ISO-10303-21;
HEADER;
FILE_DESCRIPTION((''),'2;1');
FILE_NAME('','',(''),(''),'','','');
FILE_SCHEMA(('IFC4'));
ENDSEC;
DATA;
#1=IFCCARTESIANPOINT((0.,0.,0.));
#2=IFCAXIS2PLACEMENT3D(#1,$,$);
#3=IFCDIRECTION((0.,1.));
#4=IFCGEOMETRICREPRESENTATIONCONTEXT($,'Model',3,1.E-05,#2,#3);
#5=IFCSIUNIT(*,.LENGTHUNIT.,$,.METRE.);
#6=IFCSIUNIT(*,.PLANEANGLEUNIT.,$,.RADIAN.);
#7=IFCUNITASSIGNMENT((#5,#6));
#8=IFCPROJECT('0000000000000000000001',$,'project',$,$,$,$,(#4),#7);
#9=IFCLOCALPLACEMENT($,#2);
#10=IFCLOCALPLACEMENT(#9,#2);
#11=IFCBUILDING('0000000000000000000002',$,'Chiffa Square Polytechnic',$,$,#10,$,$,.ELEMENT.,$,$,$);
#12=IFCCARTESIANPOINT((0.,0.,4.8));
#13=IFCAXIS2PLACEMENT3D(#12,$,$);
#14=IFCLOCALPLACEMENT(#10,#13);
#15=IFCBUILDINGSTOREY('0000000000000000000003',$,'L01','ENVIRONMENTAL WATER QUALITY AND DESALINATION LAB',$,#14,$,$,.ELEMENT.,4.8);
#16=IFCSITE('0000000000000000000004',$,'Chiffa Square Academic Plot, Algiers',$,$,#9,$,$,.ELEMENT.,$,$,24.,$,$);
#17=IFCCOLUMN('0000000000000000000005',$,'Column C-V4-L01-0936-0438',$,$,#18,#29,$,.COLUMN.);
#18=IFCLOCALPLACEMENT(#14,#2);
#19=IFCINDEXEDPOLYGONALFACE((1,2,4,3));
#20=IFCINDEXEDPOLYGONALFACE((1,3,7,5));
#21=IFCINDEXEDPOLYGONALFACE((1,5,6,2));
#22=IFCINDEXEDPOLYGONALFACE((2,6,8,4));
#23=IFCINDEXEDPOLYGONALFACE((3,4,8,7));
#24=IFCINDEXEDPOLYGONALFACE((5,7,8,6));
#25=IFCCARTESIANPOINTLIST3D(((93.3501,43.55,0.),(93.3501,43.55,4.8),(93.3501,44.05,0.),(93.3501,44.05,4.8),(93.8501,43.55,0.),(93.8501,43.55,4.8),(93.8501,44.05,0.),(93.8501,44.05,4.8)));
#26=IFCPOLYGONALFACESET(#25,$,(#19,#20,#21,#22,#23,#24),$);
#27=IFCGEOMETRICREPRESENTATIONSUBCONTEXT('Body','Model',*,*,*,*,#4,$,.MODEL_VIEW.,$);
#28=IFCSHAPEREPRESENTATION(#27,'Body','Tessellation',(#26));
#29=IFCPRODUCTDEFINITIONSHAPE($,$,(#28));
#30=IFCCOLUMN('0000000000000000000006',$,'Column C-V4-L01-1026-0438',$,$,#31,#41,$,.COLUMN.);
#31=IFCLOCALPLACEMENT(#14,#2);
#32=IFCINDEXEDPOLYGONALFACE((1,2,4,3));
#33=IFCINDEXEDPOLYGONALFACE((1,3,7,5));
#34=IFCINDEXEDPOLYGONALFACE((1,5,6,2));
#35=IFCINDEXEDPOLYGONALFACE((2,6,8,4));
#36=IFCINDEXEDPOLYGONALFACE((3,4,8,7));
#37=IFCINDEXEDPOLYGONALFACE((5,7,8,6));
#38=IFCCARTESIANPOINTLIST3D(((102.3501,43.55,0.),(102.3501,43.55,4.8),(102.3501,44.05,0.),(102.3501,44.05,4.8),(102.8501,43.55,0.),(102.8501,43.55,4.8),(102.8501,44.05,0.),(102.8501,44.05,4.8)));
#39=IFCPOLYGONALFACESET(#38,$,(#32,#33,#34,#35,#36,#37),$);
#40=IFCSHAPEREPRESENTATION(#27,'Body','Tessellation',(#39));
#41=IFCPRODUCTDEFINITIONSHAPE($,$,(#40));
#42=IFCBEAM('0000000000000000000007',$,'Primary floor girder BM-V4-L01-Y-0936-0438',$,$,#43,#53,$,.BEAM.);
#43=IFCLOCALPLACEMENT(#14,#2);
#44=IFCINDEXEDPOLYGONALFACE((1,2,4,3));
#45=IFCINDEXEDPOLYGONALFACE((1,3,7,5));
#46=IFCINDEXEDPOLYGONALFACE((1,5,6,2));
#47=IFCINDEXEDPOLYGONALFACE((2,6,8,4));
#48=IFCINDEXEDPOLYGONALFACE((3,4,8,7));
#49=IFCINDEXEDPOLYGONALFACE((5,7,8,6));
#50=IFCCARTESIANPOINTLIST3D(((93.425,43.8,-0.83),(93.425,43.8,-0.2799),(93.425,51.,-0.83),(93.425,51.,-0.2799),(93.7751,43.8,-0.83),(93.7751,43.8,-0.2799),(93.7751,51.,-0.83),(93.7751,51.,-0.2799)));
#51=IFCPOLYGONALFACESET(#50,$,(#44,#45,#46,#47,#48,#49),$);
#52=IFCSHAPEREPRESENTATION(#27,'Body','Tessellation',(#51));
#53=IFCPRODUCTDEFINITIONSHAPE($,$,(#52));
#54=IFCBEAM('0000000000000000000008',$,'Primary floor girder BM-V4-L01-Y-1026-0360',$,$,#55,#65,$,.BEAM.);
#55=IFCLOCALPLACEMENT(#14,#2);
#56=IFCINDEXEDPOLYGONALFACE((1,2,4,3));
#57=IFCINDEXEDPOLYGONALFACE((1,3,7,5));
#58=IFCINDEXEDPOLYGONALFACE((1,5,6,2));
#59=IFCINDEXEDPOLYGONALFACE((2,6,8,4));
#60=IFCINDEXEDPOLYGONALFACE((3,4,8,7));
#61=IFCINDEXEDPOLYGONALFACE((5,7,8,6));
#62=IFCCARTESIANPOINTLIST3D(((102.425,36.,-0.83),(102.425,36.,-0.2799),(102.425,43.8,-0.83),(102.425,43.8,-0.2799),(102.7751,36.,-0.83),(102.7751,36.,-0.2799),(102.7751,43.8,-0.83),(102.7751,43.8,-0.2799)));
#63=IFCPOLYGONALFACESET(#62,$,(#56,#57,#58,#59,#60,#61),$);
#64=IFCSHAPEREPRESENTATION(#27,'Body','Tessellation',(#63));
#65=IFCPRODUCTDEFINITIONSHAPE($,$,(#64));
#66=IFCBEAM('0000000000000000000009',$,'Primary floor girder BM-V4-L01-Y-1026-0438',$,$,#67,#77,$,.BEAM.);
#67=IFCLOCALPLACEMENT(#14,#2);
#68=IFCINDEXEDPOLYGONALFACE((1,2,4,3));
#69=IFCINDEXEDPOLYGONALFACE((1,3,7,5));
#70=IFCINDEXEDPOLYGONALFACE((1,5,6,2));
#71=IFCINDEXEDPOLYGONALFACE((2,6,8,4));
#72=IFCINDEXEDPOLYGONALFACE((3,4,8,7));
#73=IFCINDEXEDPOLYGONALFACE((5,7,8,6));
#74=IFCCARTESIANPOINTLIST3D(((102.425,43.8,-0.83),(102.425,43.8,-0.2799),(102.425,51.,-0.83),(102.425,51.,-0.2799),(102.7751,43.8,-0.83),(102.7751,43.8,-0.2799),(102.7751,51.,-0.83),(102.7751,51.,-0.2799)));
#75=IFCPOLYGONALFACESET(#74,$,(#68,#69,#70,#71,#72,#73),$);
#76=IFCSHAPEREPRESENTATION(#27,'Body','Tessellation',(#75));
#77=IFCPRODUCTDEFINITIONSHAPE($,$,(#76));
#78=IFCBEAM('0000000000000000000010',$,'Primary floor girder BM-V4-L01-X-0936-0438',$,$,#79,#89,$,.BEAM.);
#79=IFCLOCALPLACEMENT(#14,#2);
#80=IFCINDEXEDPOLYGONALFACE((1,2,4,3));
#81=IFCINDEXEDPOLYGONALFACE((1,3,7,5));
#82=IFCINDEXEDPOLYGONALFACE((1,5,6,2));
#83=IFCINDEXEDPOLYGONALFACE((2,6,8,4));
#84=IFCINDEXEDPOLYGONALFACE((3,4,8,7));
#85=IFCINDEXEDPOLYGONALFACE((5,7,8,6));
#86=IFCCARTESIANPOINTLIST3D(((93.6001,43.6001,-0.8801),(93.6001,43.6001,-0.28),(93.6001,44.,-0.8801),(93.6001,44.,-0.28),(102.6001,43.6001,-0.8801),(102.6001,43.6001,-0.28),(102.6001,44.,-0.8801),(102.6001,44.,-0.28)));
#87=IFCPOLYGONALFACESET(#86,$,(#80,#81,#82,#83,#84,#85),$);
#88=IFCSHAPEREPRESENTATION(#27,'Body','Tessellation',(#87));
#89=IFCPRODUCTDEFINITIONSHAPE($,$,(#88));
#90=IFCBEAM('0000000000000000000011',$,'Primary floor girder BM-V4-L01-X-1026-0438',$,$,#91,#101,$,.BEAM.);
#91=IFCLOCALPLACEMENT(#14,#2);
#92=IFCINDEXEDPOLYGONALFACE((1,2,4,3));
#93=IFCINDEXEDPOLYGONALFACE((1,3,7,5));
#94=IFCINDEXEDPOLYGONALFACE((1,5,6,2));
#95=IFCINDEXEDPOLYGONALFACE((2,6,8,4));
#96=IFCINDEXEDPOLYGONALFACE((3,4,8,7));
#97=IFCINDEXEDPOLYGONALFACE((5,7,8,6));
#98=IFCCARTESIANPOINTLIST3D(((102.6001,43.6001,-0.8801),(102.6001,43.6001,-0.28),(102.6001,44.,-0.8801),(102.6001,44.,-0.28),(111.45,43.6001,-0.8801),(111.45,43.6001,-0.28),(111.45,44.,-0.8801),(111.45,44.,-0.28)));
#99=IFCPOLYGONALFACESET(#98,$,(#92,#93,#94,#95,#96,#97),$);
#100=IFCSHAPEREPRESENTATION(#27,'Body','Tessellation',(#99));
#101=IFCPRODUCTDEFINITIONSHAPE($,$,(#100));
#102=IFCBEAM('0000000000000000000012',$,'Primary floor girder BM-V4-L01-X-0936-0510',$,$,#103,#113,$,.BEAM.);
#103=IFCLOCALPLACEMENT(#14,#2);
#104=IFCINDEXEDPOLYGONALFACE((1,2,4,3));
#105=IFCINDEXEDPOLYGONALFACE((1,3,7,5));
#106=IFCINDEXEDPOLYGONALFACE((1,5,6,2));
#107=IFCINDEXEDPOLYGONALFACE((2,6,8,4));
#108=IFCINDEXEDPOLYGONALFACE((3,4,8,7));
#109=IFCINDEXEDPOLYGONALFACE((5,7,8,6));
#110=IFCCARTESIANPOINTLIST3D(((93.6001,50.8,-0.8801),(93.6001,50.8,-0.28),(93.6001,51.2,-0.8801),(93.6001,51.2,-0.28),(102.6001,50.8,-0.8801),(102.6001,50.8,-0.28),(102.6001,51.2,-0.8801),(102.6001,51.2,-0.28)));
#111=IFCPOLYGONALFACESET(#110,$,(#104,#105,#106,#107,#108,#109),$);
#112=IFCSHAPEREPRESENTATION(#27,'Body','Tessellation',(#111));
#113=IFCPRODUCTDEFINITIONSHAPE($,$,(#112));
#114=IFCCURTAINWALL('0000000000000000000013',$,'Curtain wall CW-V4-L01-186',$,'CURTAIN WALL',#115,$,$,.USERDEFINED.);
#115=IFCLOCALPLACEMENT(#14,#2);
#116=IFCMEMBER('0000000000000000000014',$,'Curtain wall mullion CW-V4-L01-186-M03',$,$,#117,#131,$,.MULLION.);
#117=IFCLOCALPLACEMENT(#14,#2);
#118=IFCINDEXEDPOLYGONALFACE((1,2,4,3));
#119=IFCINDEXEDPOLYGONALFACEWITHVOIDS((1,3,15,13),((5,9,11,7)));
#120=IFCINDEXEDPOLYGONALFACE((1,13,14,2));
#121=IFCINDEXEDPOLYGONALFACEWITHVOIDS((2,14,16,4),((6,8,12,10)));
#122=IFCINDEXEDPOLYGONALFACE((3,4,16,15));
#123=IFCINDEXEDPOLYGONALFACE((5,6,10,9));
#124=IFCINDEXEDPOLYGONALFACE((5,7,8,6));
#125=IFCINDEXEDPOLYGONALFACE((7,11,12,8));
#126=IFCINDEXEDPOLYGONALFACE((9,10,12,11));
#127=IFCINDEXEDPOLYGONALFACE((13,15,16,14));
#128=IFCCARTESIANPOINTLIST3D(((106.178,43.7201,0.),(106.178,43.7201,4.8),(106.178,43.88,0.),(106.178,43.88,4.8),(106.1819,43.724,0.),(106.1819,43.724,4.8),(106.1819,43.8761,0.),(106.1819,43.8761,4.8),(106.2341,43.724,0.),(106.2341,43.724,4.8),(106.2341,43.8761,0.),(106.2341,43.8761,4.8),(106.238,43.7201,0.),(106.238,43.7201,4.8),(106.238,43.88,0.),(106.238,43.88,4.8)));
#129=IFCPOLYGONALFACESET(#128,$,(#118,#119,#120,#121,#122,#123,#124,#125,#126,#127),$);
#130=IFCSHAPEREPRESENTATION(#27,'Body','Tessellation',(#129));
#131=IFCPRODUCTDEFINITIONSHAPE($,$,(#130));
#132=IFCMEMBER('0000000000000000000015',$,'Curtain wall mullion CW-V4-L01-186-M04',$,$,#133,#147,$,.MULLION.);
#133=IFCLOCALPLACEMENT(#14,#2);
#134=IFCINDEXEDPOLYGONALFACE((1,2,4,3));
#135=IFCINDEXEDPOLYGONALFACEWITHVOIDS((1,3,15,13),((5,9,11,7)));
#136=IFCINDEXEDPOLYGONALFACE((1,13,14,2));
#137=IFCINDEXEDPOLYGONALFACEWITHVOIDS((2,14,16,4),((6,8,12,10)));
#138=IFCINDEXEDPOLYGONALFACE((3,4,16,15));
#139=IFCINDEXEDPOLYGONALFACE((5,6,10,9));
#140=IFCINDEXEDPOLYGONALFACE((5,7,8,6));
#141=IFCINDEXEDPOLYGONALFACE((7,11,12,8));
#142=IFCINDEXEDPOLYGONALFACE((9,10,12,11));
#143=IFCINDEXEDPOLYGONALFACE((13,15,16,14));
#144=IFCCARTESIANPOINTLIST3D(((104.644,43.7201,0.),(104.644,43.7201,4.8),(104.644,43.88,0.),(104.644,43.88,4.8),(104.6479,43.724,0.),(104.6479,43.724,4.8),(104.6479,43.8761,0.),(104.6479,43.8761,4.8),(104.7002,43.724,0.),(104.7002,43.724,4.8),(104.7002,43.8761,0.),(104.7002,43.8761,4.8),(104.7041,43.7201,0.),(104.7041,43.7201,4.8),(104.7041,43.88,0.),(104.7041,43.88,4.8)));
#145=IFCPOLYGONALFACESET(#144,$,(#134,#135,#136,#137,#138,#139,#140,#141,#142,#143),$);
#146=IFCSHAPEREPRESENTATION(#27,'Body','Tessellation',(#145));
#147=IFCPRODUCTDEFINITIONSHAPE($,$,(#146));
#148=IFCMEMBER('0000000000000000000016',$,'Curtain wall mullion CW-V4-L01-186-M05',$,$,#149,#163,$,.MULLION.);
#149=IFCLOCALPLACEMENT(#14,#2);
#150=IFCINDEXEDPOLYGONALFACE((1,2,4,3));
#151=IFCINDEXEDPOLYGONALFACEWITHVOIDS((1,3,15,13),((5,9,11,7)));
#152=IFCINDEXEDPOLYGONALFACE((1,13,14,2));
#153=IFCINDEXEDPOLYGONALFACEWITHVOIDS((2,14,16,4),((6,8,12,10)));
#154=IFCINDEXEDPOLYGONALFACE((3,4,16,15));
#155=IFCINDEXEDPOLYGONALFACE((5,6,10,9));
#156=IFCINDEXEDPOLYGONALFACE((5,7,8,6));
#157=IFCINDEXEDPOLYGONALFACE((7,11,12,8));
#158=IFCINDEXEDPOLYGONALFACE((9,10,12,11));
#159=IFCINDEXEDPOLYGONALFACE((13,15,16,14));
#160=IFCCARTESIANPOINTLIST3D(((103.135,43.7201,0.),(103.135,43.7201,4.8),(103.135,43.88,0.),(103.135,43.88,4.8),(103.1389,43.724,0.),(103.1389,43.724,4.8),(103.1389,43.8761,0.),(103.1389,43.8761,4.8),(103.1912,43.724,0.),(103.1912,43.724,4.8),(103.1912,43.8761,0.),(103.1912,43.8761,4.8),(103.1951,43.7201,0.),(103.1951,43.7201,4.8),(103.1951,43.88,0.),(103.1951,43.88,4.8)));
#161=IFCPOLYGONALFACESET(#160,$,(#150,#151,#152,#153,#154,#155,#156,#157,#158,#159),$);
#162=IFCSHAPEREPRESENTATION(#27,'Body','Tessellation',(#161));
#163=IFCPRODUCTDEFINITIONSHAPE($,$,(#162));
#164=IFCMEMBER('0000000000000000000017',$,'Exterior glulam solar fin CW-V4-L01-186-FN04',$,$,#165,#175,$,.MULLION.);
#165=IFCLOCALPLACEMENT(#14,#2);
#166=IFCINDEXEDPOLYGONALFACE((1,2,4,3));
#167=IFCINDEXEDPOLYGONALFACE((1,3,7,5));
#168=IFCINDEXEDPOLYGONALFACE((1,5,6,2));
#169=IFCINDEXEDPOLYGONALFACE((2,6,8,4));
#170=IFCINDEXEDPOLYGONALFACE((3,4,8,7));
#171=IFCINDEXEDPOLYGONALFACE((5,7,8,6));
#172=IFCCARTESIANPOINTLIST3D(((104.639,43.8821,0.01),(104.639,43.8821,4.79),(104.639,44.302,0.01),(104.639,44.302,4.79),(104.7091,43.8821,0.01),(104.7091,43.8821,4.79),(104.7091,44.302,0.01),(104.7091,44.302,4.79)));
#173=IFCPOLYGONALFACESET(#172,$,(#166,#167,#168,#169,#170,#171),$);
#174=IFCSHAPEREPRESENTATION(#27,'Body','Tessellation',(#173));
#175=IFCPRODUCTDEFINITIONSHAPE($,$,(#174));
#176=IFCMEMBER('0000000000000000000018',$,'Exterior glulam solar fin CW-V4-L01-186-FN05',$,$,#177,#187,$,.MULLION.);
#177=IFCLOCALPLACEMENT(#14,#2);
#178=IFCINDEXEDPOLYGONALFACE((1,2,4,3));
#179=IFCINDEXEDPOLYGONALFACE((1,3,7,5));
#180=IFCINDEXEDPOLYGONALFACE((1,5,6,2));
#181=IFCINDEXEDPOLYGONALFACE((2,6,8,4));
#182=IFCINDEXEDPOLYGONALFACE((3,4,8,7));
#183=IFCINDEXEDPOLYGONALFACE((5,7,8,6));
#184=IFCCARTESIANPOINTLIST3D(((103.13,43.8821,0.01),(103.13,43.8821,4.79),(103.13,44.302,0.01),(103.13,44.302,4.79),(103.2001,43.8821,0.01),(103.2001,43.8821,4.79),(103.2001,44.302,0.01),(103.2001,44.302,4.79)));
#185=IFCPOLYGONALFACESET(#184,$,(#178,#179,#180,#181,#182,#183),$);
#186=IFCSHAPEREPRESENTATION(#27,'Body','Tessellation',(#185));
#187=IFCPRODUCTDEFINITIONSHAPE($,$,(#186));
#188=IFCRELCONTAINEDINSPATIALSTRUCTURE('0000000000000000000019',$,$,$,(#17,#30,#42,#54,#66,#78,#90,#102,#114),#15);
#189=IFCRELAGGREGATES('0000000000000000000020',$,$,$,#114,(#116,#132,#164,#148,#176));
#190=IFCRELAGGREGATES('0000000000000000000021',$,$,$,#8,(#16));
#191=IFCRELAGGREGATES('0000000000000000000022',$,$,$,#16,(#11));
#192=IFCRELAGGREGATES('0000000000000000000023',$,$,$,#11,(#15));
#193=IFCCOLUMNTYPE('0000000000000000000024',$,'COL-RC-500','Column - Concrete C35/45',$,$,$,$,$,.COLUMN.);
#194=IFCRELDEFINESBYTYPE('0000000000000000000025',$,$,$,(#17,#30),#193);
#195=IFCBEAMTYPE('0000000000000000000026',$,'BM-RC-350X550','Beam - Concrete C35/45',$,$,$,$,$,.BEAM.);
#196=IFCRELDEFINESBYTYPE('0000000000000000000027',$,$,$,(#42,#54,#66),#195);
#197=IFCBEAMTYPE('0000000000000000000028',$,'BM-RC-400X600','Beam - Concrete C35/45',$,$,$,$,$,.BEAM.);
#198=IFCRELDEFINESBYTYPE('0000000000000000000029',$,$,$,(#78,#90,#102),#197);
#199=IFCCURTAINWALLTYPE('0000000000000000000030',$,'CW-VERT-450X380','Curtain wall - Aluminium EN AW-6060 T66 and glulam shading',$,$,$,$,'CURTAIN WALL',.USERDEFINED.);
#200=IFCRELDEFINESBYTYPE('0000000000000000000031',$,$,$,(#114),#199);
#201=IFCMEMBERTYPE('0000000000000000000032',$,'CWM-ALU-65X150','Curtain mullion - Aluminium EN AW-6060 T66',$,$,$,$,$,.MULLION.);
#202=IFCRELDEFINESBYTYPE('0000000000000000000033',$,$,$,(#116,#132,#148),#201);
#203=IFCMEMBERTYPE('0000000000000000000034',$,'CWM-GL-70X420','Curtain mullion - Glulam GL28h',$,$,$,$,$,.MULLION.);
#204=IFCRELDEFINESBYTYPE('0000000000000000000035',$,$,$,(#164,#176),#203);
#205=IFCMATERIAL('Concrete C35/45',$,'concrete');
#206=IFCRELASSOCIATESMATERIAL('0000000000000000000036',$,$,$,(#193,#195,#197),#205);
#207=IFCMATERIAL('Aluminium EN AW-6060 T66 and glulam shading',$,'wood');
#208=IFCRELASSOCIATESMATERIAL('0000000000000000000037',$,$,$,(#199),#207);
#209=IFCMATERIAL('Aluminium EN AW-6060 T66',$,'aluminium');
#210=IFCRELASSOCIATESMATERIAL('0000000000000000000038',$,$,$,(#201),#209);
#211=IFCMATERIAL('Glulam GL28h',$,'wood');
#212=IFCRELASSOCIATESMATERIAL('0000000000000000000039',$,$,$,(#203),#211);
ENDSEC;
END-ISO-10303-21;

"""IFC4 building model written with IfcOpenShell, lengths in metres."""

from ifc_helpers import new_model, si_unit, direction, frame, origin, origin_2d, place, context, subcontext, project, spatial, rectangle, hollow_rectangle, extrude, material, material_profile, profile_set, type_object, element, aggregate, save


model = new_model("IFC4")

# Units and contexts
model_context = context("Model", 3, precision=1e-05, world=origin(), true_north=direction((0.0, 1.0)))
body_context = subcontext(model_context, "Body", "Model", "MODEL_VIEW")
ifc_project = project(units=[si_unit("LENGTHUNIT", "METRE"), si_unit("PLANEANGLEUNIT", "RADIAN")], contexts=[model_context])

# Site, building, storey
site_placement = place(None, origin())
site = spatial("IfcSite", under=ifc_project, at=site_placement, Name="Chiffa Square Academic Plot, Algiers", CompositionType="ELEMENT", RefElevation=24.0)
building_placement = place(site_placement, origin())
building = spatial("IfcBuilding", under=site, at=building_placement, Name="Chiffa Square Polytechnic", CompositionType="ELEMENT")
storey_placement = place(building_placement, frame((0.0, 0.0, 4.8)))
storey = spatial("IfcBuildingStorey", under=building, at=storey_placement, Name="L01", Description="ENVIRONMENTAL WATER QUALITY AND DESALINATION LAB", CompositionType="ELEMENT", Elevation=4.8)

# Columns
ifc_material_1 = material(Name="Concrete C35/45", Category="concrete")
ifc_material_profile_1 = material_profile(ifc_material_1, rectangle(XDim=0.5, YDim=0.5, at=origin_2d()), Name="RC 500x500")
ifc_profile_set_1 = profile_set([ifc_material_profile_1], Name="Concrete C35/45")
column_type = type_object("IfcColumnType", Name="COL-RC-500", Description="Column - Concrete C35/45", PredefinedType="COLUMN", material=ifc_profile_set_1)
for number, where, z_axis, x_axis, name in (
    (1, (93.6001, 43.8, 0.0), (0.0, 0.0, 1.0), (1.0, 0.0, 0.0), "Column C-V4-L01-0936-0438"),
    (2, (102.6001, 43.8, 0.0), (0.0, 0.0, 1.0), (1.0, 0.0, 0.0), "Column C-V4-L01-1026-0438"),
):
    element("IfcColumn", number, at=place(storey_placement, frame(where, z_axis=z_axis, x_axis=x_axis)), inside=storey, type_object=column_type, Name=name, PredefinedType="COLUMN", context=body_context, shape_type="SweptSolid", body=[
        extrude(rectangle(XDim=0.5, YDim=0.5, at=origin_2d()), origin(), (0.0, 0.0, 1.0), 4.8),
    ])

# Beams
ifc_material_profile_2 = material_profile(ifc_material_1, rectangle(XDim=0.3501, YDim=0.55, at=origin_2d()), Name="RC 350x550")
ifc_profile_set_2 = profile_set([ifc_material_profile_2], Name="Concrete C35/45")
beam_type_1 = type_object("IfcBeamType", Name="BM-RC-350X550", Description="Beam - Concrete C35/45", PredefinedType="BEAM", material=ifc_profile_set_2)
beam_1_placement = place(storey_placement, frame((93.6001, 43.8, -0.5549), z_axis=(0.0, 1.0, 0.0), x_axis=(-1.0, 0.0, 0.0)))
element("IfcBeam", 3, at=beam_1_placement, inside=storey, type_object=beam_type_1, Name="Primary floor girder BM-V4-L01-Y-0936-0438", PredefinedType="BEAM", context=body_context, shape_type="SweptSolid", body=[
    extrude(rectangle(XDim=0.3501, YDim=0.55, at=origin_2d()), origin(), (0.0, 0.0, 1.0), 7.2),
])
beam_2_placement = place(storey_placement, frame((102.6001, 36.0, -0.5549), z_axis=(0.0, 1.0, 0.0), x_axis=(-1.0, 0.0, 0.0)))
element("IfcBeam", 4, at=beam_2_placement, inside=storey, type_object=beam_type_1, Name="Primary floor girder BM-V4-L01-Y-1026-0360", PredefinedType="BEAM", context=body_context, shape_type="SweptSolid", body=[
    extrude(rectangle(XDim=0.3501, YDim=0.55, at=origin_2d()), origin(), (0.0, 0.0, 1.0), 7.8),
])
beam_3_placement = place(storey_placement, frame((102.6001, 43.8, -0.5549), z_axis=(0.0, 1.0, 0.0), x_axis=(-1.0, 0.0, 0.0)))
element("IfcBeam", 5, at=beam_3_placement, inside=storey, type_object=beam_type_1, Name="Primary floor girder BM-V4-L01-Y-1026-0438", PredefinedType="BEAM", context=body_context, shape_type="SweptSolid", body=[
    extrude(rectangle(XDim=0.3501, YDim=0.55, at=origin_2d()), origin(), (0.0, 0.0, 1.0), 7.2),
])
ifc_material_profile_3 = material_profile(ifc_material_1, rectangle(XDim=0.3999, YDim=0.6001, at=origin_2d()), Name="RC 400x600")
ifc_profile_set_3 = profile_set([ifc_material_profile_3], Name="Concrete C35/45")
beam_type_2 = type_object("IfcBeamType", Name="BM-RC-400X600", Description="Beam - Concrete C35/45", PredefinedType="BEAM", material=ifc_profile_set_3)
beam_4_placement = place(storey_placement, frame((93.6001, 43.8, -0.5801), z_axis=(1.0, 0.0, 0.0), x_axis=(0.0, 1.0, 0.0)))
element("IfcBeam", 6, at=beam_4_placement, inside=storey, type_object=beam_type_2, Name="Primary floor girder BM-V4-L01-X-0936-0438", PredefinedType="BEAM", context=body_context, shape_type="SweptSolid", body=[
    extrude(rectangle(XDim=0.3999, YDim=0.6001, at=origin_2d()), origin(), (0.0, 0.0, 1.0), 9.0),
])
beam_5_placement = place(storey_placement, frame((102.6001, 43.8, -0.5801), z_axis=(1.0, 0.0, 0.0), x_axis=(0.0, 1.0, 0.0)))
element("IfcBeam", 7, at=beam_5_placement, inside=storey, type_object=beam_type_2, Name="Primary floor girder BM-V4-L01-X-1026-0438", PredefinedType="BEAM", context=body_context, shape_type="SweptSolid", body=[
    extrude(rectangle(XDim=0.3999, YDim=0.6001, at=origin_2d()), origin(), (0.0, 0.0, 1.0), 8.8499),
])
beam_6_placement = place(storey_placement, frame((93.6001, 51.0, -0.5801), z_axis=(1.0, 0.0, 0.0), x_axis=(0.0, 1.0, 0.0)))
element("IfcBeam", 8, at=beam_6_placement, inside=storey, type_object=beam_type_2, Name="Primary floor girder BM-V4-L01-X-0936-0510", PredefinedType="BEAM", context=body_context, shape_type="SweptSolid", body=[
    extrude(rectangle(XDim=0.3999, YDim=0.6001, at=origin_2d()), origin(), (0.0, 0.0, 1.0), 9.0),
])

# Curtain wall, members
ifc_material_2 = material(Name="Aluminium EN AW-6060 T66 and glulam shading", Category="wood")
curtain_wall_type = type_object("IfcCurtainWallType", Name="CW-VERT-450X380", Description="Curtain wall - Aluminium EN AW-6060 T66 and glulam shading", ElementType="CURTAIN WALL", PredefinedType="USERDEFINED", material=ifc_material_2)
curtain_wall_placement = place(storey_placement, origin())
curtain_wall = element("IfcCurtainWall", 9, at=curtain_wall_placement, inside=storey, type_object=curtain_wall_type, Name="Curtain wall CW-V4-L01-186", ObjectType="CURTAIN WALL", PredefinedType="USERDEFINED")
ifc_material_3 = material(Name="Aluminium EN AW-6060 T66", Category="aluminium")
ifc_material_profile_4 = material_profile(ifc_material_3, hollow_rectangle(XDim=0.0601, YDim=0.1599, WallThickness=0.0039, at=origin_2d()), Name="ALU 60x160x4")
ifc_profile_set_4 = profile_set([ifc_material_profile_4], Name="Aluminium EN AW-6060 T66")
member_type_1 = type_object("IfcMemberType", Name="CWM-ALU-65X150", Description="Curtain mullion - Aluminium EN AW-6060 T66", PredefinedType="MULLION", material=ifc_profile_set_4)
member_1_placement = place(storey_placement, frame((106.208, 43.8, 0.0), z_axis=(0.0, 0.0, 1.0), x_axis=(1.0, 0.0, 0.0)))
member_1 = element("IfcMember", 10, at=member_1_placement, type_object=member_type_1, Name="Curtain wall mullion CW-V4-L01-186-M03", PredefinedType="MULLION", context=body_context, shape_type="SweptSolid", body=[
    extrude(hollow_rectangle(XDim=0.0601, YDim=0.1599, WallThickness=0.0039, at=origin_2d()), origin(), (0.0, 0.0, 1.0), 4.8),
])
member_2_placement = place(storey_placement, frame((104.6741, 43.8, 0.0), z_axis=(0.0, 0.0, 1.0), x_axis=(1.0, 0.0, 0.0)))
member_2 = element("IfcMember", 11, at=member_2_placement, type_object=member_type_1, Name="Curtain wall mullion CW-V4-L01-186-M04", PredefinedType="MULLION", context=body_context, shape_type="SweptSolid", body=[
    extrude(hollow_rectangle(XDim=0.0601, YDim=0.1599, WallThickness=0.0039, at=origin_2d()), origin(), (0.0, 0.0, 1.0), 4.8),
])
member_3_placement = place(storey_placement, frame((103.165, 43.8, 0.0), z_axis=(0.0, 0.0, 1.0), x_axis=(1.0, 0.0, 0.0)))
member_3 = element("IfcMember", 12, at=member_3_placement, type_object=member_type_1, Name="Curtain wall mullion CW-V4-L01-186-M05", PredefinedType="MULLION", context=body_context, shape_type="SweptSolid", body=[
    extrude(hollow_rectangle(XDim=0.0601, YDim=0.1599, WallThickness=0.0039, at=origin_2d()), origin(), (0.0, 0.0, 1.0), 4.8),
])
ifc_material_4 = material(Name="Glulam GL28h", Category="wood")
ifc_material_profile_5 = material_profile(ifc_material_4, rectangle(XDim=0.0701, YDim=0.4199, at=origin_2d()), Name="GL28h 70x420")
ifc_profile_set_5 = profile_set([ifc_material_profile_5], Name="Glulam GL28h")
member_type_2 = type_object("IfcMemberType", Name="CWM-GL-70X420", Description="Curtain mullion - Glulam GL28h", PredefinedType="MULLION", material=ifc_profile_set_5)
member_4_placement = place(storey_placement, frame((104.6741, 44.092, 0.01), z_axis=(0.0, 0.0, 1.0), x_axis=(-1.0, 0.0, 0.0)))
member_4 = element("IfcMember", 13, at=member_4_placement, type_object=member_type_2, Name="Exterior glulam solar fin CW-V4-L01-186-FN04", PredefinedType="MULLION", context=body_context, shape_type="SweptSolid", body=[
    extrude(rectangle(XDim=0.0701, YDim=0.4199, at=origin_2d()), origin(), (0.0, 0.0, 1.0), 4.78),
])
member_5_placement = place(storey_placement, frame((103.165, 44.092, 0.01), z_axis=(0.0, 0.0, 1.0), x_axis=(-1.0, 0.0, 0.0)))
member_5 = element("IfcMember", 14, at=member_5_placement, type_object=member_type_2, Name="Exterior glulam solar fin CW-V4-L01-186-FN05", PredefinedType="MULLION", context=body_context, shape_type="SweptSolid", body=[
    extrude(rectangle(XDim=0.0701, YDim=0.4199, at=origin_2d()), origin(), (0.0, 0.0, 1.0), 4.78),
])

aggregate(curtain_wall, [member_1, member_2, member_4, member_3, member_5])

save(model, "model.ifc")
